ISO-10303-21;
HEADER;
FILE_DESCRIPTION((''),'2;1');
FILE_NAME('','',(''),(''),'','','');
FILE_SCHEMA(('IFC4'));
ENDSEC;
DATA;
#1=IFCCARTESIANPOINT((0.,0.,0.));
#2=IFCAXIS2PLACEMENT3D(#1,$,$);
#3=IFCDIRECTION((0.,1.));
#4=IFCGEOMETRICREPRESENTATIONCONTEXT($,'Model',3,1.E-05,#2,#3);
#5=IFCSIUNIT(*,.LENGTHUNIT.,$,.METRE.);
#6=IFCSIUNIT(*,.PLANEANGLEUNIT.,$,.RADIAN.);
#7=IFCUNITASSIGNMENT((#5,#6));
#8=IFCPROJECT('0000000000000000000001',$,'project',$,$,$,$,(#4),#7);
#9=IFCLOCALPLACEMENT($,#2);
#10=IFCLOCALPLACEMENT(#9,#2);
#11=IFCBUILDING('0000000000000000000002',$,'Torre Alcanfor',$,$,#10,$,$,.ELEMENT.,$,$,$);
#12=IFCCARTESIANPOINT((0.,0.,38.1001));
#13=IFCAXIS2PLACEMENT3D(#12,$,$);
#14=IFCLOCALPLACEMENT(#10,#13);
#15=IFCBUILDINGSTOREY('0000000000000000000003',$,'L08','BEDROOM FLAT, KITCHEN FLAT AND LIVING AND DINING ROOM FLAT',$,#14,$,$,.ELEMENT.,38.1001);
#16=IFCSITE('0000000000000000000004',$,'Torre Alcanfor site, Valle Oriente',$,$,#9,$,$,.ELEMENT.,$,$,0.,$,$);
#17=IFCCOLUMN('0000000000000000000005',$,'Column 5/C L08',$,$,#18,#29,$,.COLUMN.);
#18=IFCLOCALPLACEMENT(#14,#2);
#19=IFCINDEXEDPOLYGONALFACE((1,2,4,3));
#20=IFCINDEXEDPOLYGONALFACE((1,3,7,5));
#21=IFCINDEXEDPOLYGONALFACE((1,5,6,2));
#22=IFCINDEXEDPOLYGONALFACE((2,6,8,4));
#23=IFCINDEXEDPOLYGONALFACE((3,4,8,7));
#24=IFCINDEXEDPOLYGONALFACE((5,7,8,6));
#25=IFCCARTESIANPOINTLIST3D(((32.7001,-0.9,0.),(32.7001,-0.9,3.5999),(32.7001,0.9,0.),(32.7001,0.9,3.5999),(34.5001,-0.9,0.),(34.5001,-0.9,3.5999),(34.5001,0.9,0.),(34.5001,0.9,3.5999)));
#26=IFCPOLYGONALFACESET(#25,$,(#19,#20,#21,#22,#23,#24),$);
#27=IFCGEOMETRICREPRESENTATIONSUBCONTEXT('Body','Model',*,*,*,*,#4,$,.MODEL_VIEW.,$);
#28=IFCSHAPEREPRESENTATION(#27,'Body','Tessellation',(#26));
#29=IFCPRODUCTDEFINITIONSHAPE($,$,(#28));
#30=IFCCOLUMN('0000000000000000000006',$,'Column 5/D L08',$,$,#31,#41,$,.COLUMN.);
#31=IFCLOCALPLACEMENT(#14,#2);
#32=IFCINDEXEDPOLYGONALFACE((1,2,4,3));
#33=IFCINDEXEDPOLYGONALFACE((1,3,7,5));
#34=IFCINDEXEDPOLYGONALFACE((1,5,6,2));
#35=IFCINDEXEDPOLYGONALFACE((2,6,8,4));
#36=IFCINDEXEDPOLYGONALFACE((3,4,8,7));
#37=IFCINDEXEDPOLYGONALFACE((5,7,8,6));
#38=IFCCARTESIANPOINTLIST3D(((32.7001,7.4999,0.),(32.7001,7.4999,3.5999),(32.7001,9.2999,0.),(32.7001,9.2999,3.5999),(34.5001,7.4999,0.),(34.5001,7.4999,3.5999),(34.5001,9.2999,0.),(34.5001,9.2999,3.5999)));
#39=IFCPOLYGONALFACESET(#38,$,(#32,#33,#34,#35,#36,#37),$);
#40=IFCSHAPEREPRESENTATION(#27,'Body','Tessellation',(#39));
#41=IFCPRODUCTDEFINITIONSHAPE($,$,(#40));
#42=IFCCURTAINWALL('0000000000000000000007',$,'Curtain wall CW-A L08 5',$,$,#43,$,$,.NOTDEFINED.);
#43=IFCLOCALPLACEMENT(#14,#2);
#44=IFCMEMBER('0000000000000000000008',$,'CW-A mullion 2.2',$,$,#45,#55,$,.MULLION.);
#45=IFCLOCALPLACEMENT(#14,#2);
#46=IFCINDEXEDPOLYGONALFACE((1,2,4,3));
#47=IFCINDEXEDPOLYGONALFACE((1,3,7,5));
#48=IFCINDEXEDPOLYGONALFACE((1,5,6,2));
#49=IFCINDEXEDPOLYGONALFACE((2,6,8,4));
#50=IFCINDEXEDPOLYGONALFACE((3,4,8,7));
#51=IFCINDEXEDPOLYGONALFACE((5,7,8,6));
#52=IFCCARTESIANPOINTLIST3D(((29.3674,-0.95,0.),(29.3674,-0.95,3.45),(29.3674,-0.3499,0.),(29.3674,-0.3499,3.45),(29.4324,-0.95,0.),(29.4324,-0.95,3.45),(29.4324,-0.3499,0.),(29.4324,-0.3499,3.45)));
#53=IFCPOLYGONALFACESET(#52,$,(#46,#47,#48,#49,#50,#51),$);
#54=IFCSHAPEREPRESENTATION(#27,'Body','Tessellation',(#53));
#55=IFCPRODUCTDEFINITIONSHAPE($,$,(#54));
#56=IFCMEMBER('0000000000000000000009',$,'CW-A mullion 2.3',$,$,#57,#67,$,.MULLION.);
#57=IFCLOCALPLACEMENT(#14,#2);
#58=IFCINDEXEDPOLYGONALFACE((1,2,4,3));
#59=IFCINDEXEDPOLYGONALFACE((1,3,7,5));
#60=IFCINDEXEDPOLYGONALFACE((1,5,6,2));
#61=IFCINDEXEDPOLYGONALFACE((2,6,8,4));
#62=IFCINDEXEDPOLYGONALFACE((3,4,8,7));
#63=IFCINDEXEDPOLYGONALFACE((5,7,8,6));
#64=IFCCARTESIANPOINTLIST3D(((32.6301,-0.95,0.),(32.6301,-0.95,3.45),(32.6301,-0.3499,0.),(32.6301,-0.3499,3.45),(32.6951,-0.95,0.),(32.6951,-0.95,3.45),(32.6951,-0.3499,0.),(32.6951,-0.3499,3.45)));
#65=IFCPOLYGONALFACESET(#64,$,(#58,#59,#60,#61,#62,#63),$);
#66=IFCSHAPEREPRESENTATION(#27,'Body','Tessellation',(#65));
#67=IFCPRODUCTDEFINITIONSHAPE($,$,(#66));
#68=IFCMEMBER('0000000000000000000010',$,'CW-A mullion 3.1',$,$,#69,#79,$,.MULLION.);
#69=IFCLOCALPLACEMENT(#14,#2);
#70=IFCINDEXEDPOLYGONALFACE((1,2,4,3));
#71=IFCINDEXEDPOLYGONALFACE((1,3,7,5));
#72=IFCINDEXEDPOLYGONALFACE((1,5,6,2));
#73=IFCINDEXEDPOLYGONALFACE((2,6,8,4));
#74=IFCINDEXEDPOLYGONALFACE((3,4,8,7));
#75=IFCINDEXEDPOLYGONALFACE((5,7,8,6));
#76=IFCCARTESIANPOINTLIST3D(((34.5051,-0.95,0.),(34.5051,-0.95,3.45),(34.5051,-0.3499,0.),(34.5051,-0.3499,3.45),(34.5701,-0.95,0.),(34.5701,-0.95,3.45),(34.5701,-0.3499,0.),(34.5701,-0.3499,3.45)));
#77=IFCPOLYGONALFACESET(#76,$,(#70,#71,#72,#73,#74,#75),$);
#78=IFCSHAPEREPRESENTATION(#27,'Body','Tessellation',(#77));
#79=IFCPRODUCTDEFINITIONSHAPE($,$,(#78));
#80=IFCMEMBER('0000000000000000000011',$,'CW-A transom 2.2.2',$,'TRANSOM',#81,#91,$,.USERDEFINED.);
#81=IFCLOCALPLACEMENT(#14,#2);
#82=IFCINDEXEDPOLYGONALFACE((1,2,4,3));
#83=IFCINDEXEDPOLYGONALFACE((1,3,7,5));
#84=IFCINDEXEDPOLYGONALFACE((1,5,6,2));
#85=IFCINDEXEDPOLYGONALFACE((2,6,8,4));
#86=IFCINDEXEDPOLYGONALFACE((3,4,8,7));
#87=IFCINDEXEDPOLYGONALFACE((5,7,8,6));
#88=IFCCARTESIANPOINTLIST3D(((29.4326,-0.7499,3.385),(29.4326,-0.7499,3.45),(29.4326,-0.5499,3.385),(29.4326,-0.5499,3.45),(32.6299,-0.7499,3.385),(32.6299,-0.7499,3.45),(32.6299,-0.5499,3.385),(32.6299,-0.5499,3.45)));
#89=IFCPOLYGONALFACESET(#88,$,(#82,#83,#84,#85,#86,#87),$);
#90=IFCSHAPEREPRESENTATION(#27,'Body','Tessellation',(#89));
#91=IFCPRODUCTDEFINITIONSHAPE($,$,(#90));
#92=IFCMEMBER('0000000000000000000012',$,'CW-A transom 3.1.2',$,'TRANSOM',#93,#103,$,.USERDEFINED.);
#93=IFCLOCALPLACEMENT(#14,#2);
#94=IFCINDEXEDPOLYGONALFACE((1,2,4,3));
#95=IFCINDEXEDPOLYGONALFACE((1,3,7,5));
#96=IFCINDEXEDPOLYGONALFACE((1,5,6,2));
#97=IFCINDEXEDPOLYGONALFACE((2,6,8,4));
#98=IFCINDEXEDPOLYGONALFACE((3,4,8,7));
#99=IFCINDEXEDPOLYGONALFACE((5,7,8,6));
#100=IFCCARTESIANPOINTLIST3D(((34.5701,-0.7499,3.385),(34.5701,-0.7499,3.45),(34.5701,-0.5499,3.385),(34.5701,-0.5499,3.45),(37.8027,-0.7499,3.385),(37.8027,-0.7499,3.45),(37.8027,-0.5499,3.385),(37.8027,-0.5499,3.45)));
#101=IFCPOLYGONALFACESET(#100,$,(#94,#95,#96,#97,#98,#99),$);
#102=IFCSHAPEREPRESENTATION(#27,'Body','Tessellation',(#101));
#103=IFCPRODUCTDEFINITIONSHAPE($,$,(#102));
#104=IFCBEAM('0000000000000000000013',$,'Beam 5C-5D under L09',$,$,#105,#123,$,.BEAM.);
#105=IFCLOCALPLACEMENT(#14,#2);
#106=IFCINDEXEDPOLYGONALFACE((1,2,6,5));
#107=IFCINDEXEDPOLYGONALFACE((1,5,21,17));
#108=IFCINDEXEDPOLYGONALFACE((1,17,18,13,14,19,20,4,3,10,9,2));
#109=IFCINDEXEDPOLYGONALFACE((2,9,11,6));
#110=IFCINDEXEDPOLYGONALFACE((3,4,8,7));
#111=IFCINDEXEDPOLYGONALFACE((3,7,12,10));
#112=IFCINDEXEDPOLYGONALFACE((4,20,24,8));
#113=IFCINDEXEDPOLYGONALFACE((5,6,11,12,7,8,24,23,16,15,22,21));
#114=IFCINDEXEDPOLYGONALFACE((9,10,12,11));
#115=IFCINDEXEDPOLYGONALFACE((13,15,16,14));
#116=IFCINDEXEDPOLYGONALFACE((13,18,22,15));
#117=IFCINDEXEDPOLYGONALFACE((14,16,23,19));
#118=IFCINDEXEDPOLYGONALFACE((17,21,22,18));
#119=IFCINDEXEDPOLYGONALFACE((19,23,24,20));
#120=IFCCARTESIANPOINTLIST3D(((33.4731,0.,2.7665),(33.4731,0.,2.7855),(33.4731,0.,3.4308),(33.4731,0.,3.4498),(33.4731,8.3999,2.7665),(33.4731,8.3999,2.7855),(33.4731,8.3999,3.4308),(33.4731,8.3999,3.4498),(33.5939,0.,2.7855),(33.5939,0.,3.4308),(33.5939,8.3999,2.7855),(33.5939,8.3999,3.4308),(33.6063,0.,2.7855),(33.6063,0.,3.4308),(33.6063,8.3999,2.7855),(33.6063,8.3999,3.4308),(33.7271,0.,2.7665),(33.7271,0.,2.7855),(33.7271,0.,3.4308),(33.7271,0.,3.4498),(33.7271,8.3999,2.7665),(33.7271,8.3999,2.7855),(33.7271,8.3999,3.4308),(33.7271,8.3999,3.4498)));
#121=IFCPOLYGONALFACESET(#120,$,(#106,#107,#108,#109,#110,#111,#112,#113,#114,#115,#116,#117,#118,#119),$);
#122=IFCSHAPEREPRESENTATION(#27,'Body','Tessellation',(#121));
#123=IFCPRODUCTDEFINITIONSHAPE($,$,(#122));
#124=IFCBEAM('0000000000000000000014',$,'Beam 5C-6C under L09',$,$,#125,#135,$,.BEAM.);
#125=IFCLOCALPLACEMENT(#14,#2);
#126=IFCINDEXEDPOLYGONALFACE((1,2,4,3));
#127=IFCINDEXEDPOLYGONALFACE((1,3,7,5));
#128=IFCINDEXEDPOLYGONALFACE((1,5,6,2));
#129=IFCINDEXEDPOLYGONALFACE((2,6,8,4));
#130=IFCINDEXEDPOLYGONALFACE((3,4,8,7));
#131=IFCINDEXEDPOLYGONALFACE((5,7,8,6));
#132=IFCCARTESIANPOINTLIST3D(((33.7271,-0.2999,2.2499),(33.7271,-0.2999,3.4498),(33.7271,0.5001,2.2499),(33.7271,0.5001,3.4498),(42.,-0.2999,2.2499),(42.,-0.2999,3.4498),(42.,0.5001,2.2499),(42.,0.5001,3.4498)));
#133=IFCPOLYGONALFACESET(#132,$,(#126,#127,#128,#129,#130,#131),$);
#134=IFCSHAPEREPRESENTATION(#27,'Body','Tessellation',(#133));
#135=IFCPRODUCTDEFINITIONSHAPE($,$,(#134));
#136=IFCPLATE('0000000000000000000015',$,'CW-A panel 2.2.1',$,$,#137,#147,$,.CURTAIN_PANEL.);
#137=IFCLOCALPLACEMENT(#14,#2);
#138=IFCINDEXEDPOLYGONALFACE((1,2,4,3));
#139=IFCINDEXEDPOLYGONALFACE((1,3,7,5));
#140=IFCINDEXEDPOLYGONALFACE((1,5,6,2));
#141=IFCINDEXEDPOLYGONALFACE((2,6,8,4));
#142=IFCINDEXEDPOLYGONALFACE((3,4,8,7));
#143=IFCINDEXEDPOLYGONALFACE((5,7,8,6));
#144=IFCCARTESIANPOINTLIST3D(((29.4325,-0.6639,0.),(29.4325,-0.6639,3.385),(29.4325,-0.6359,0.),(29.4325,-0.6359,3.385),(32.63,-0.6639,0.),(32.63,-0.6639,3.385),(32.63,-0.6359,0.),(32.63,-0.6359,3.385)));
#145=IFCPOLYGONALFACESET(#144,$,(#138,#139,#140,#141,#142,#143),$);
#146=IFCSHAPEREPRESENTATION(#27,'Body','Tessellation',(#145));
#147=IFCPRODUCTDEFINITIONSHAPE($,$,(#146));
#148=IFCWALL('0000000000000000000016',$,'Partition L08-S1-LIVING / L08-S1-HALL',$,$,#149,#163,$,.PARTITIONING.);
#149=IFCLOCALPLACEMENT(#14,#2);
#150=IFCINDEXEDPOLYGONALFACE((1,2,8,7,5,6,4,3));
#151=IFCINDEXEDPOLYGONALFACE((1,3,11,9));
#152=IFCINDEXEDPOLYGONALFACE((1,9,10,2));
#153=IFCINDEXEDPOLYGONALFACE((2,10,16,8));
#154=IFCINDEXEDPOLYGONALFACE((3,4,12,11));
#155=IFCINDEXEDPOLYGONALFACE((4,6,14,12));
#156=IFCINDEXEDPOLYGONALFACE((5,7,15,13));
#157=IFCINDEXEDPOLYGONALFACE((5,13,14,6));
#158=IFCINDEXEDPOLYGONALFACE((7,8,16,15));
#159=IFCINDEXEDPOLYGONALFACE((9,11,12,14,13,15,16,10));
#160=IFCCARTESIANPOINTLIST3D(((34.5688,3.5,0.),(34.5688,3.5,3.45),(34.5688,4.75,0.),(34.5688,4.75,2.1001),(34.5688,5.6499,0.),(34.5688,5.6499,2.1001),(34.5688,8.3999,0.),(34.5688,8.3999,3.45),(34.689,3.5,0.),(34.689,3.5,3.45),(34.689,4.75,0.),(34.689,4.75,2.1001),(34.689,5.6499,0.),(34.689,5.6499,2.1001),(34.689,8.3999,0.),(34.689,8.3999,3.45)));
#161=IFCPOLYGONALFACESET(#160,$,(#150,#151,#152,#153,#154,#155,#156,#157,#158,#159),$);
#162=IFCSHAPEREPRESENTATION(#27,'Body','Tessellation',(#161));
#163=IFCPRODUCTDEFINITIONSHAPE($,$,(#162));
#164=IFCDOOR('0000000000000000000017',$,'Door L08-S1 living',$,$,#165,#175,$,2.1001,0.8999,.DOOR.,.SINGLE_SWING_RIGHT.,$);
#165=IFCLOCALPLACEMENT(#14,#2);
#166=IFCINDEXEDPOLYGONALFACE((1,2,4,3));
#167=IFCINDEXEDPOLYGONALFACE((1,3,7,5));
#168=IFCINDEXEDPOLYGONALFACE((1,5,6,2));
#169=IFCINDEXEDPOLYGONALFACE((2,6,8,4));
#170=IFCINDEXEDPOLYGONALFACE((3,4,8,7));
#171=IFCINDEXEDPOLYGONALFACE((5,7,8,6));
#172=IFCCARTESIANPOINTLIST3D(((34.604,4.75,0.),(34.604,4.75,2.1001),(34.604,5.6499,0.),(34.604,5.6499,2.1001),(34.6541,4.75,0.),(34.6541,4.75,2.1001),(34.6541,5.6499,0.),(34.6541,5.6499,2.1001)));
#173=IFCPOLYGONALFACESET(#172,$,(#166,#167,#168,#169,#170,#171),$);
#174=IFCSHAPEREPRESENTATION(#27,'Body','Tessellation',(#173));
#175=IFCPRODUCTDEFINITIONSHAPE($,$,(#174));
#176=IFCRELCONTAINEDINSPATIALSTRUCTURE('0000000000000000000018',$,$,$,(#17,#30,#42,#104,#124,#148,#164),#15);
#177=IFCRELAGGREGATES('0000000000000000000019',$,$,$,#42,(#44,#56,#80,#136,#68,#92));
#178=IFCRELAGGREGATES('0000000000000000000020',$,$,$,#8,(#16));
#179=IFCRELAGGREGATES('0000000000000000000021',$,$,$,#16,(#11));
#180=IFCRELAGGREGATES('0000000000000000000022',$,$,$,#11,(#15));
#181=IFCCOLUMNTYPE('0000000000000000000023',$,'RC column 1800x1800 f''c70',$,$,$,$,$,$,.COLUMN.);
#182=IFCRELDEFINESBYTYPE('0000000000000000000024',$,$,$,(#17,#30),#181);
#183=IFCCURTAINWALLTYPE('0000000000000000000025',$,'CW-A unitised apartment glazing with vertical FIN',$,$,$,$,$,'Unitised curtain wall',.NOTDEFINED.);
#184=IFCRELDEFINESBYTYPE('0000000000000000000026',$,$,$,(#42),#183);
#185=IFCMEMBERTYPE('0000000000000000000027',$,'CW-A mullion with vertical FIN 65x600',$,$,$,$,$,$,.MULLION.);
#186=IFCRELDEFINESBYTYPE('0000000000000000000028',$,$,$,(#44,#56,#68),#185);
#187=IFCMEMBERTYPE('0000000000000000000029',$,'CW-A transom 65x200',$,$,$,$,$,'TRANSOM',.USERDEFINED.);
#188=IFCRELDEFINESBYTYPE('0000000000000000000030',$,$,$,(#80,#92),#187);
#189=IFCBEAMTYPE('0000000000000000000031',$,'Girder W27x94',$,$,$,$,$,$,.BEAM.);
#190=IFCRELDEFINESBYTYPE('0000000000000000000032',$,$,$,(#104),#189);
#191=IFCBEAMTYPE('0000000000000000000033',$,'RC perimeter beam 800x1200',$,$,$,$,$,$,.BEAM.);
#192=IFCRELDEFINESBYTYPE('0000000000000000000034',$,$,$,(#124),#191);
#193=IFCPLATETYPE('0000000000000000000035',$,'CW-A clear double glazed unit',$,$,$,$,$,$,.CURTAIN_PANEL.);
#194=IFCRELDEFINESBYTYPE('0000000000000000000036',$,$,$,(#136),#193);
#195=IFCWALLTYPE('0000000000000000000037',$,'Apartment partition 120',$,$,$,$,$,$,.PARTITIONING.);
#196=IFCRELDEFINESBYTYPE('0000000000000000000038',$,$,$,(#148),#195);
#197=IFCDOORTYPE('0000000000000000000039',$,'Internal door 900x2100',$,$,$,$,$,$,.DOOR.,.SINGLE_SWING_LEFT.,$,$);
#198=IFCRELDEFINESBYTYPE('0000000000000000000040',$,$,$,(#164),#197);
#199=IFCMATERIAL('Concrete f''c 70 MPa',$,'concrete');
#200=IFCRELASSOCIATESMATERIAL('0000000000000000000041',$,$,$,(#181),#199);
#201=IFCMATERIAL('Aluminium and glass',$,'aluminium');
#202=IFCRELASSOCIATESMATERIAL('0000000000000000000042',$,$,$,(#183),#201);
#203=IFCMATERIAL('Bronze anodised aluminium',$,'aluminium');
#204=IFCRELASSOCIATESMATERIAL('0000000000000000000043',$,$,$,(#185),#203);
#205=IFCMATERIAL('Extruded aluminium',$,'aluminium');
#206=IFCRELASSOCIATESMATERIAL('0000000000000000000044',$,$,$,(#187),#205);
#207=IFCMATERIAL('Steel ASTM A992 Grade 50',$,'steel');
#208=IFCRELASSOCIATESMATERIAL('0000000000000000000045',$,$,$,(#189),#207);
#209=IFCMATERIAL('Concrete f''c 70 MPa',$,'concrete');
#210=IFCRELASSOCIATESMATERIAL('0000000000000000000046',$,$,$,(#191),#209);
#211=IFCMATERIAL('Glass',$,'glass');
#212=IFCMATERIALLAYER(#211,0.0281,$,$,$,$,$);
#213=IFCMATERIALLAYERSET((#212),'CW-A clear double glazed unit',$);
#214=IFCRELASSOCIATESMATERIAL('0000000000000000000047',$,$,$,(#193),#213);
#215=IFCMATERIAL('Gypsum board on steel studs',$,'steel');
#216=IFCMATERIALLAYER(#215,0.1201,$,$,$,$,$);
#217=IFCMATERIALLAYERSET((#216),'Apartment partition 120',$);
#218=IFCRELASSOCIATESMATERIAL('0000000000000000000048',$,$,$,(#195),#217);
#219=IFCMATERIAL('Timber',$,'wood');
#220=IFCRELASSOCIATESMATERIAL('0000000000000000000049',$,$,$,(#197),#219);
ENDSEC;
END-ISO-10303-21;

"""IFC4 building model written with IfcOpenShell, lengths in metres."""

from ifc_helpers import new_model, si_unit, direction, frame, frame_2d, origin, origin_2d, place, context, subcontext, project, spatial, rectangle, i_section, extrude, material, layer, layer_set, material_profile, profile_set, type_object, element, fill, aggregate, save


model = new_model("IFC4")

# Units and contexts
model_context = context("Model", 3, precision=1e-05, world=origin(), true_north=direction((0.0, 1.0)))
body_context = subcontext(model_context, "Body", "Model", "MODEL_VIEW")
ifc_project = project(units=[si_unit("LENGTHUNIT", "METRE"), si_unit("PLANEANGLEUNIT", "RADIAN")], contexts=[model_context])

# Site, building, storey
site_placement = place(None, origin())
site = spatial("IfcSite", under=ifc_project, at=site_placement, Name="Torre Alcanfor site, Valle Oriente", CompositionType="ELEMENT", RefElevation=0.0)
building_placement = place(site_placement, origin())
building = spatial("IfcBuilding", under=site, at=building_placement, Name="Torre Alcanfor", CompositionType="ELEMENT")
storey_placement = place(building_placement, frame((0.0, 0.0, 38.1001)))
storey = spatial("IfcBuildingStorey", under=building, at=storey_placement, Name="L08", Description="BEDROOM FLAT, KITCHEN FLAT AND LIVING AND DINING ROOM FLAT", CompositionType="ELEMENT", Elevation=38.1001)

# Columns
ifc_material_1 = material(Name="Concrete f'c 70 MPa", Category="concrete")
ifc_material_profile_1 = material_profile(ifc_material_1, rectangle(XDim=1.8, YDim=1.8, at=origin_2d()), Name="1800x1800")
ifc_profile_set_1 = profile_set([ifc_material_profile_1], Name="Concrete f'c 70 MPa")
column_type = type_object("IfcColumnType", Name="RC column 1800x1800 f'c70", PredefinedType="COLUMN", material=ifc_profile_set_1)
for number, where, z_axis, x_axis, name in (
    (1, (33.6001, 0.0, 0.0), (0.0, 0.0, 1.0), (1.0, 0.0, 0.0), "Column 5/C L08"),
    (2, (33.6001, 8.3999, 0.0), (0.0, 0.0, 1.0), (1.0, 0.0, 0.0), "Column 5/D L08"),
):
    element("IfcColumn", number, at=place(storey_placement, frame(where, z_axis=z_axis, x_axis=x_axis)), inside=storey, type_object=column_type, Name=name, PredefinedType="COLUMN", context=body_context, shape_type="SweptSolid", body=[
        extrude(rectangle(XDim=1.8, YDim=1.8, at=origin_2d()), origin(), (0.0, 0.0, 1.0), 3.5999),
    ])

# Curtain wall, members
ifc_material_2 = material(Name="Aluminium and glass", Category="aluminium")
curtain_wall_type = type_object("IfcCurtainWallType", Name="CW-A unitised apartment glazing with vertical FIN", ElementType="Unitised curtain wall", PredefinedType="NOTDEFINED", material=ifc_material_2)
curtain_wall_placement = place(storey_placement, origin())
curtain_wall = element("IfcCurtainWall", 3, at=curtain_wall_placement, inside=storey, type_object=curtain_wall_type, Name="Curtain wall CW-A L08 5", PredefinedType="NOTDEFINED")
ifc_material_3 = material(Name="Bronze anodised aluminium", Category="aluminium")
ifc_material_profile_2 = material_profile(ifc_material_3, rectangle(XDim=0.6001, YDim=0.0649, at=origin_2d()), Name="CW-A mullion 65x600")
ifc_profile_set_2 = profile_set([ifc_material_profile_2], Name="Bronze anodised aluminium")
member_type_1 = type_object("IfcMemberType", Name="CW-A mullion with vertical FIN 65x600", PredefinedType="MULLION", material=ifc_profile_set_2)
member_1_placement = place(storey_placement, frame((29.3999, -0.6499, 0.0), z_axis=(0.0, 0.0, 1.0), x_axis=(0.0, 1.0, 0.0)))
member_1 = element("IfcMember", 4, at=member_1_placement, type_object=member_type_1, Name="CW-A mullion 2.2", PredefinedType="MULLION", context=body_context, shape_type="SweptSolid", body=[
    extrude(rectangle(XDim=0.6001, YDim=0.0649, at=origin_2d()), origin(), (0.0, 0.0, 1.0), 3.45),
])
member_2_placement = place(storey_placement, frame((32.6626, -0.6499, 0.0), z_axis=(0.0, 0.0, 1.0), x_axis=(0.0, 1.0, 0.0)))
member_2 = element("IfcMember", 5, at=member_2_placement, type_object=member_type_1, Name="CW-A mullion 2.3", PredefinedType="MULLION", context=body_context, shape_type="SweptSolid", body=[
    extrude(rectangle(XDim=0.6001, YDim=0.0649, at=origin_2d()), origin(), (0.0, 0.0, 1.0), 3.45),
])
member_3_placement = place(storey_placement, frame((34.5376, -0.6499, 0.0), z_axis=(0.0, 0.0, 1.0), x_axis=(0.0, 1.0, 0.0)))
member_3 = element("IfcMember", 6, at=member_3_placement, type_object=member_type_1, Name="CW-A mullion 3.1", PredefinedType="MULLION", context=body_context, shape_type="SweptSolid", body=[
    extrude(rectangle(XDim=0.6001, YDim=0.0649, at=origin_2d()), origin(), (0.0, 0.0, 1.0), 3.45),
])
ifc_material_4 = material(Name="Extruded aluminium", Category="aluminium")
ifc_material_profile_3 = material_profile(ifc_material_4, rectangle(XDim=0.2, YDim=0.0649, at=origin_2d()), Name="CW-A transom 200x65")
ifc_profile_set_3 = profile_set([ifc_material_profile_3], Name="Extruded aluminium")
member_type_2 = type_object("IfcMemberType", Name="CW-A transom 65x200", ElementType="TRANSOM", PredefinedType="USERDEFINED", material=ifc_profile_set_3)
member_4_placement = place(storey_placement, frame((29.4326, -0.6499, 3.4175), z_axis=(1.0, 0.0, 0.0), x_axis=(0.0, 1.0, 0.0)))
member_4 = element("IfcMember", 7, at=member_4_placement, type_object=member_type_2, Name="CW-A transom 2.2.2", ObjectType="TRANSOM", PredefinedType="USERDEFINED", context=body_context, shape_type="SweptSolid", body=[
    extrude(rectangle(XDim=0.2, YDim=0.0649, at=origin_2d()), origin(), (0.0, 0.0, 1.0), 3.1973),
])
member_5_placement = place(storey_placement, frame((34.5701, -0.6499, 3.4175), z_axis=(1.0, 0.0, 0.0), x_axis=(0.0, 1.0, 0.0)))
member_5 = element("IfcMember", 8, at=member_5_placement, type_object=member_type_2, Name="CW-A transom 3.1.2", ObjectType="TRANSOM", PredefinedType="USERDEFINED", context=body_context, shape_type="SweptSolid", body=[
    extrude(rectangle(XDim=0.2, YDim=0.0649, at=origin_2d()), origin(), (0.0, 0.0, 1.0), 3.2327),
])

# Beams
ifc_material_5 = material(Name="Steel ASTM A992 Grade 50", Category="steel")
ifc_material_profile_4 = material_profile(ifc_material_5, i_section(OverallWidth=0.2539, OverallDepth=0.6833, WebThickness=0.0125, FlangeThickness=0.019, at=origin_2d()), Name="W27x94")
ifc_profile_set_4 = profile_set([ifc_material_profile_4], Name="Steel ASTM A992 Grade 50")
beam_type_1 = type_object("IfcBeamType", Name="Girder W27x94", PredefinedType="BEAM", material=ifc_profile_set_4)
beam_1_placement = place(storey_placement, frame((33.6001, 0.0, 3.1082), z_axis=(0.0, 1.0, 0.0), x_axis=(-1.0, 0.0, 0.0)))
element("IfcBeam", 9, at=beam_1_placement, inside=storey, type_object=beam_type_1, Name="Beam 5C-5D under L09", PredefinedType="BEAM", context=body_context, shape_type="SweptSolid", body=[
    extrude(i_section(OverallWidth=0.2539, OverallDepth=0.6833, WebThickness=0.0125, FlangeThickness=0.019, at=origin_2d()), origin(), (0.0, 0.0, 1.0), 8.3999),
])
ifc_material_6 = material(Name="Concrete f'c 70 MPa", Category="concrete")
ifc_material_profile_5 = material_profile(ifc_material_6, rectangle(XDim=0.8, YDim=1.2, at=origin_2d()), Name="800x1200")
ifc_profile_set_5 = profile_set([ifc_material_profile_5], Name="Concrete f'c 70 MPa")
beam_type_2 = type_object("IfcBeamType", Name="RC perimeter beam 800x1200", PredefinedType="BEAM", material=ifc_profile_set_5)
beam_2_placement = place(storey_placement, frame((33.7271, 0.1001, 2.8499), z_axis=(1.0, 0.0, 0.0), x_axis=(0.0, 1.0, 0.0)))
element("IfcBeam", 10, at=beam_2_placement, inside=storey, type_object=beam_type_2, Name="Beam 5C-6C under L09", PredefinedType="BEAM", context=body_context, shape_type="SweptSolid", body=[
    extrude(rectangle(XDim=0.8, YDim=1.2, at=origin_2d()), origin(), (0.0, 0.0, 1.0), 8.2729),
])

# Plate
ifc_material_7 = material(Name="Glass", Category="glass")
ifc_layer_1 = layer(ifc_material_7, 0.0281)
ifc_layer_set_1 = layer_set([ifc_layer_1], Name="CW-A clear double glazed unit")
plate_type = type_object("IfcPlateType", Name="CW-A clear double glazed unit", PredefinedType="CURTAIN_PANEL", material=ifc_layer_set_1)
plate_placement = place(storey_placement, frame((31.0312, -0.6499, 0.0), z_axis=(0.0, 0.0, 1.0), x_axis=(1.0, 0.0, 0.0)))
plate = element("IfcPlate", 11, at=plate_placement, type_object=plate_type, Name="CW-A panel 2.2.1", PredefinedType="CURTAIN_PANEL", context=body_context, shape_type="SweptSolid", body=[
    extrude(rectangle(XDim=3.1975, YDim=0.0281, at=origin_2d()), origin(), (0.0, 0.0, 1.0), 3.385),
])
aggregate(curtain_wall, [member_1, member_2, member_4, plate, member_3, member_5])

# Wall, opening, door
ifc_material_8 = material(Name="Gypsum board on steel studs", Category="steel")
ifc_layer_2 = layer(ifc_material_8, 0.1201)
ifc_layer_set_2 = layer_set([ifc_layer_2], Name="Apartment partition 120")
wall_type_1 = type_object("IfcWallType", Name="Apartment partition 120", PredefinedType="PARTITIONING", material=ifc_layer_set_2)
wall_1_placement = place(storey_placement, frame((34.6289, 3.5, 0.0), z_axis=(0.0, 0.0, 1.0), x_axis=(0.0, 1.0, 0.0)))
wall_1 = element("IfcWall", 12, at=wall_1_placement, inside=storey, type_object=wall_type_1, Name="Partition L08-S1-LIVING / L08-S1-HALL", PredefinedType="PARTITIONING", context=body_context, shape_type="SweptSolid", body=[
    extrude(rectangle(XDim=4.8999, YDim=0.1201, at=frame_2d((2.45, 0.0))), origin(), (0.0, 0.0, 1.0), 3.45),
])
opening_1_placement = place(wall_1_placement, frame((1.25, 0.0, 0.0)))
opening_1 = element("IfcOpeningElement", 13, at=opening_1_placement, cuts=wall_1, PredefinedType="OPENING", context=body_context, shape_type="SweptSolid", body=[
    extrude(rectangle(XDim=0.8999, YDim=2.1001, at=frame_2d((0.45, 1.05))), frame((0.0, 0.0701, 0.0), z_axis=(0.0, -1.0, 0.0), x_axis=(1.0, 0.0, 0.0)), (0.0, 0.0, 1.0), 0.1401),
])
ifc_material_9 = material(Name="Timber", Category="wood")
door_type = type_object("IfcDoorType", Name="Internal door 900x2100", OperationType="SINGLE_SWING_LEFT", PredefinedType="DOOR", material=ifc_material_9)
door_1_placement = place(opening_1_placement, origin())
door_1 = element("IfcDoor", 14, at=door_1_placement, inside=storey, type_object=door_type, Name="Door L08-S1 living", OperationType="SINGLE_SWING_RIGHT", OverallHeight=2.1001, OverallWidth=0.8999, PredefinedType="DOOR", context=body_context, shape_type="SweptSolid", body=[
    extrude(rectangle(XDim=0.8999, YDim=2.1001, at=frame_2d((0.45, 1.05))), frame((0.0, 0.0249, 0.0), z_axis=(0.0, -1.0, 0.0), x_axis=(1.0, 0.0, 0.0)), (0.0, 0.0, 1.0), 0.05),
])
fill(opening_1, door_1)

save(model, "model.ifc")
